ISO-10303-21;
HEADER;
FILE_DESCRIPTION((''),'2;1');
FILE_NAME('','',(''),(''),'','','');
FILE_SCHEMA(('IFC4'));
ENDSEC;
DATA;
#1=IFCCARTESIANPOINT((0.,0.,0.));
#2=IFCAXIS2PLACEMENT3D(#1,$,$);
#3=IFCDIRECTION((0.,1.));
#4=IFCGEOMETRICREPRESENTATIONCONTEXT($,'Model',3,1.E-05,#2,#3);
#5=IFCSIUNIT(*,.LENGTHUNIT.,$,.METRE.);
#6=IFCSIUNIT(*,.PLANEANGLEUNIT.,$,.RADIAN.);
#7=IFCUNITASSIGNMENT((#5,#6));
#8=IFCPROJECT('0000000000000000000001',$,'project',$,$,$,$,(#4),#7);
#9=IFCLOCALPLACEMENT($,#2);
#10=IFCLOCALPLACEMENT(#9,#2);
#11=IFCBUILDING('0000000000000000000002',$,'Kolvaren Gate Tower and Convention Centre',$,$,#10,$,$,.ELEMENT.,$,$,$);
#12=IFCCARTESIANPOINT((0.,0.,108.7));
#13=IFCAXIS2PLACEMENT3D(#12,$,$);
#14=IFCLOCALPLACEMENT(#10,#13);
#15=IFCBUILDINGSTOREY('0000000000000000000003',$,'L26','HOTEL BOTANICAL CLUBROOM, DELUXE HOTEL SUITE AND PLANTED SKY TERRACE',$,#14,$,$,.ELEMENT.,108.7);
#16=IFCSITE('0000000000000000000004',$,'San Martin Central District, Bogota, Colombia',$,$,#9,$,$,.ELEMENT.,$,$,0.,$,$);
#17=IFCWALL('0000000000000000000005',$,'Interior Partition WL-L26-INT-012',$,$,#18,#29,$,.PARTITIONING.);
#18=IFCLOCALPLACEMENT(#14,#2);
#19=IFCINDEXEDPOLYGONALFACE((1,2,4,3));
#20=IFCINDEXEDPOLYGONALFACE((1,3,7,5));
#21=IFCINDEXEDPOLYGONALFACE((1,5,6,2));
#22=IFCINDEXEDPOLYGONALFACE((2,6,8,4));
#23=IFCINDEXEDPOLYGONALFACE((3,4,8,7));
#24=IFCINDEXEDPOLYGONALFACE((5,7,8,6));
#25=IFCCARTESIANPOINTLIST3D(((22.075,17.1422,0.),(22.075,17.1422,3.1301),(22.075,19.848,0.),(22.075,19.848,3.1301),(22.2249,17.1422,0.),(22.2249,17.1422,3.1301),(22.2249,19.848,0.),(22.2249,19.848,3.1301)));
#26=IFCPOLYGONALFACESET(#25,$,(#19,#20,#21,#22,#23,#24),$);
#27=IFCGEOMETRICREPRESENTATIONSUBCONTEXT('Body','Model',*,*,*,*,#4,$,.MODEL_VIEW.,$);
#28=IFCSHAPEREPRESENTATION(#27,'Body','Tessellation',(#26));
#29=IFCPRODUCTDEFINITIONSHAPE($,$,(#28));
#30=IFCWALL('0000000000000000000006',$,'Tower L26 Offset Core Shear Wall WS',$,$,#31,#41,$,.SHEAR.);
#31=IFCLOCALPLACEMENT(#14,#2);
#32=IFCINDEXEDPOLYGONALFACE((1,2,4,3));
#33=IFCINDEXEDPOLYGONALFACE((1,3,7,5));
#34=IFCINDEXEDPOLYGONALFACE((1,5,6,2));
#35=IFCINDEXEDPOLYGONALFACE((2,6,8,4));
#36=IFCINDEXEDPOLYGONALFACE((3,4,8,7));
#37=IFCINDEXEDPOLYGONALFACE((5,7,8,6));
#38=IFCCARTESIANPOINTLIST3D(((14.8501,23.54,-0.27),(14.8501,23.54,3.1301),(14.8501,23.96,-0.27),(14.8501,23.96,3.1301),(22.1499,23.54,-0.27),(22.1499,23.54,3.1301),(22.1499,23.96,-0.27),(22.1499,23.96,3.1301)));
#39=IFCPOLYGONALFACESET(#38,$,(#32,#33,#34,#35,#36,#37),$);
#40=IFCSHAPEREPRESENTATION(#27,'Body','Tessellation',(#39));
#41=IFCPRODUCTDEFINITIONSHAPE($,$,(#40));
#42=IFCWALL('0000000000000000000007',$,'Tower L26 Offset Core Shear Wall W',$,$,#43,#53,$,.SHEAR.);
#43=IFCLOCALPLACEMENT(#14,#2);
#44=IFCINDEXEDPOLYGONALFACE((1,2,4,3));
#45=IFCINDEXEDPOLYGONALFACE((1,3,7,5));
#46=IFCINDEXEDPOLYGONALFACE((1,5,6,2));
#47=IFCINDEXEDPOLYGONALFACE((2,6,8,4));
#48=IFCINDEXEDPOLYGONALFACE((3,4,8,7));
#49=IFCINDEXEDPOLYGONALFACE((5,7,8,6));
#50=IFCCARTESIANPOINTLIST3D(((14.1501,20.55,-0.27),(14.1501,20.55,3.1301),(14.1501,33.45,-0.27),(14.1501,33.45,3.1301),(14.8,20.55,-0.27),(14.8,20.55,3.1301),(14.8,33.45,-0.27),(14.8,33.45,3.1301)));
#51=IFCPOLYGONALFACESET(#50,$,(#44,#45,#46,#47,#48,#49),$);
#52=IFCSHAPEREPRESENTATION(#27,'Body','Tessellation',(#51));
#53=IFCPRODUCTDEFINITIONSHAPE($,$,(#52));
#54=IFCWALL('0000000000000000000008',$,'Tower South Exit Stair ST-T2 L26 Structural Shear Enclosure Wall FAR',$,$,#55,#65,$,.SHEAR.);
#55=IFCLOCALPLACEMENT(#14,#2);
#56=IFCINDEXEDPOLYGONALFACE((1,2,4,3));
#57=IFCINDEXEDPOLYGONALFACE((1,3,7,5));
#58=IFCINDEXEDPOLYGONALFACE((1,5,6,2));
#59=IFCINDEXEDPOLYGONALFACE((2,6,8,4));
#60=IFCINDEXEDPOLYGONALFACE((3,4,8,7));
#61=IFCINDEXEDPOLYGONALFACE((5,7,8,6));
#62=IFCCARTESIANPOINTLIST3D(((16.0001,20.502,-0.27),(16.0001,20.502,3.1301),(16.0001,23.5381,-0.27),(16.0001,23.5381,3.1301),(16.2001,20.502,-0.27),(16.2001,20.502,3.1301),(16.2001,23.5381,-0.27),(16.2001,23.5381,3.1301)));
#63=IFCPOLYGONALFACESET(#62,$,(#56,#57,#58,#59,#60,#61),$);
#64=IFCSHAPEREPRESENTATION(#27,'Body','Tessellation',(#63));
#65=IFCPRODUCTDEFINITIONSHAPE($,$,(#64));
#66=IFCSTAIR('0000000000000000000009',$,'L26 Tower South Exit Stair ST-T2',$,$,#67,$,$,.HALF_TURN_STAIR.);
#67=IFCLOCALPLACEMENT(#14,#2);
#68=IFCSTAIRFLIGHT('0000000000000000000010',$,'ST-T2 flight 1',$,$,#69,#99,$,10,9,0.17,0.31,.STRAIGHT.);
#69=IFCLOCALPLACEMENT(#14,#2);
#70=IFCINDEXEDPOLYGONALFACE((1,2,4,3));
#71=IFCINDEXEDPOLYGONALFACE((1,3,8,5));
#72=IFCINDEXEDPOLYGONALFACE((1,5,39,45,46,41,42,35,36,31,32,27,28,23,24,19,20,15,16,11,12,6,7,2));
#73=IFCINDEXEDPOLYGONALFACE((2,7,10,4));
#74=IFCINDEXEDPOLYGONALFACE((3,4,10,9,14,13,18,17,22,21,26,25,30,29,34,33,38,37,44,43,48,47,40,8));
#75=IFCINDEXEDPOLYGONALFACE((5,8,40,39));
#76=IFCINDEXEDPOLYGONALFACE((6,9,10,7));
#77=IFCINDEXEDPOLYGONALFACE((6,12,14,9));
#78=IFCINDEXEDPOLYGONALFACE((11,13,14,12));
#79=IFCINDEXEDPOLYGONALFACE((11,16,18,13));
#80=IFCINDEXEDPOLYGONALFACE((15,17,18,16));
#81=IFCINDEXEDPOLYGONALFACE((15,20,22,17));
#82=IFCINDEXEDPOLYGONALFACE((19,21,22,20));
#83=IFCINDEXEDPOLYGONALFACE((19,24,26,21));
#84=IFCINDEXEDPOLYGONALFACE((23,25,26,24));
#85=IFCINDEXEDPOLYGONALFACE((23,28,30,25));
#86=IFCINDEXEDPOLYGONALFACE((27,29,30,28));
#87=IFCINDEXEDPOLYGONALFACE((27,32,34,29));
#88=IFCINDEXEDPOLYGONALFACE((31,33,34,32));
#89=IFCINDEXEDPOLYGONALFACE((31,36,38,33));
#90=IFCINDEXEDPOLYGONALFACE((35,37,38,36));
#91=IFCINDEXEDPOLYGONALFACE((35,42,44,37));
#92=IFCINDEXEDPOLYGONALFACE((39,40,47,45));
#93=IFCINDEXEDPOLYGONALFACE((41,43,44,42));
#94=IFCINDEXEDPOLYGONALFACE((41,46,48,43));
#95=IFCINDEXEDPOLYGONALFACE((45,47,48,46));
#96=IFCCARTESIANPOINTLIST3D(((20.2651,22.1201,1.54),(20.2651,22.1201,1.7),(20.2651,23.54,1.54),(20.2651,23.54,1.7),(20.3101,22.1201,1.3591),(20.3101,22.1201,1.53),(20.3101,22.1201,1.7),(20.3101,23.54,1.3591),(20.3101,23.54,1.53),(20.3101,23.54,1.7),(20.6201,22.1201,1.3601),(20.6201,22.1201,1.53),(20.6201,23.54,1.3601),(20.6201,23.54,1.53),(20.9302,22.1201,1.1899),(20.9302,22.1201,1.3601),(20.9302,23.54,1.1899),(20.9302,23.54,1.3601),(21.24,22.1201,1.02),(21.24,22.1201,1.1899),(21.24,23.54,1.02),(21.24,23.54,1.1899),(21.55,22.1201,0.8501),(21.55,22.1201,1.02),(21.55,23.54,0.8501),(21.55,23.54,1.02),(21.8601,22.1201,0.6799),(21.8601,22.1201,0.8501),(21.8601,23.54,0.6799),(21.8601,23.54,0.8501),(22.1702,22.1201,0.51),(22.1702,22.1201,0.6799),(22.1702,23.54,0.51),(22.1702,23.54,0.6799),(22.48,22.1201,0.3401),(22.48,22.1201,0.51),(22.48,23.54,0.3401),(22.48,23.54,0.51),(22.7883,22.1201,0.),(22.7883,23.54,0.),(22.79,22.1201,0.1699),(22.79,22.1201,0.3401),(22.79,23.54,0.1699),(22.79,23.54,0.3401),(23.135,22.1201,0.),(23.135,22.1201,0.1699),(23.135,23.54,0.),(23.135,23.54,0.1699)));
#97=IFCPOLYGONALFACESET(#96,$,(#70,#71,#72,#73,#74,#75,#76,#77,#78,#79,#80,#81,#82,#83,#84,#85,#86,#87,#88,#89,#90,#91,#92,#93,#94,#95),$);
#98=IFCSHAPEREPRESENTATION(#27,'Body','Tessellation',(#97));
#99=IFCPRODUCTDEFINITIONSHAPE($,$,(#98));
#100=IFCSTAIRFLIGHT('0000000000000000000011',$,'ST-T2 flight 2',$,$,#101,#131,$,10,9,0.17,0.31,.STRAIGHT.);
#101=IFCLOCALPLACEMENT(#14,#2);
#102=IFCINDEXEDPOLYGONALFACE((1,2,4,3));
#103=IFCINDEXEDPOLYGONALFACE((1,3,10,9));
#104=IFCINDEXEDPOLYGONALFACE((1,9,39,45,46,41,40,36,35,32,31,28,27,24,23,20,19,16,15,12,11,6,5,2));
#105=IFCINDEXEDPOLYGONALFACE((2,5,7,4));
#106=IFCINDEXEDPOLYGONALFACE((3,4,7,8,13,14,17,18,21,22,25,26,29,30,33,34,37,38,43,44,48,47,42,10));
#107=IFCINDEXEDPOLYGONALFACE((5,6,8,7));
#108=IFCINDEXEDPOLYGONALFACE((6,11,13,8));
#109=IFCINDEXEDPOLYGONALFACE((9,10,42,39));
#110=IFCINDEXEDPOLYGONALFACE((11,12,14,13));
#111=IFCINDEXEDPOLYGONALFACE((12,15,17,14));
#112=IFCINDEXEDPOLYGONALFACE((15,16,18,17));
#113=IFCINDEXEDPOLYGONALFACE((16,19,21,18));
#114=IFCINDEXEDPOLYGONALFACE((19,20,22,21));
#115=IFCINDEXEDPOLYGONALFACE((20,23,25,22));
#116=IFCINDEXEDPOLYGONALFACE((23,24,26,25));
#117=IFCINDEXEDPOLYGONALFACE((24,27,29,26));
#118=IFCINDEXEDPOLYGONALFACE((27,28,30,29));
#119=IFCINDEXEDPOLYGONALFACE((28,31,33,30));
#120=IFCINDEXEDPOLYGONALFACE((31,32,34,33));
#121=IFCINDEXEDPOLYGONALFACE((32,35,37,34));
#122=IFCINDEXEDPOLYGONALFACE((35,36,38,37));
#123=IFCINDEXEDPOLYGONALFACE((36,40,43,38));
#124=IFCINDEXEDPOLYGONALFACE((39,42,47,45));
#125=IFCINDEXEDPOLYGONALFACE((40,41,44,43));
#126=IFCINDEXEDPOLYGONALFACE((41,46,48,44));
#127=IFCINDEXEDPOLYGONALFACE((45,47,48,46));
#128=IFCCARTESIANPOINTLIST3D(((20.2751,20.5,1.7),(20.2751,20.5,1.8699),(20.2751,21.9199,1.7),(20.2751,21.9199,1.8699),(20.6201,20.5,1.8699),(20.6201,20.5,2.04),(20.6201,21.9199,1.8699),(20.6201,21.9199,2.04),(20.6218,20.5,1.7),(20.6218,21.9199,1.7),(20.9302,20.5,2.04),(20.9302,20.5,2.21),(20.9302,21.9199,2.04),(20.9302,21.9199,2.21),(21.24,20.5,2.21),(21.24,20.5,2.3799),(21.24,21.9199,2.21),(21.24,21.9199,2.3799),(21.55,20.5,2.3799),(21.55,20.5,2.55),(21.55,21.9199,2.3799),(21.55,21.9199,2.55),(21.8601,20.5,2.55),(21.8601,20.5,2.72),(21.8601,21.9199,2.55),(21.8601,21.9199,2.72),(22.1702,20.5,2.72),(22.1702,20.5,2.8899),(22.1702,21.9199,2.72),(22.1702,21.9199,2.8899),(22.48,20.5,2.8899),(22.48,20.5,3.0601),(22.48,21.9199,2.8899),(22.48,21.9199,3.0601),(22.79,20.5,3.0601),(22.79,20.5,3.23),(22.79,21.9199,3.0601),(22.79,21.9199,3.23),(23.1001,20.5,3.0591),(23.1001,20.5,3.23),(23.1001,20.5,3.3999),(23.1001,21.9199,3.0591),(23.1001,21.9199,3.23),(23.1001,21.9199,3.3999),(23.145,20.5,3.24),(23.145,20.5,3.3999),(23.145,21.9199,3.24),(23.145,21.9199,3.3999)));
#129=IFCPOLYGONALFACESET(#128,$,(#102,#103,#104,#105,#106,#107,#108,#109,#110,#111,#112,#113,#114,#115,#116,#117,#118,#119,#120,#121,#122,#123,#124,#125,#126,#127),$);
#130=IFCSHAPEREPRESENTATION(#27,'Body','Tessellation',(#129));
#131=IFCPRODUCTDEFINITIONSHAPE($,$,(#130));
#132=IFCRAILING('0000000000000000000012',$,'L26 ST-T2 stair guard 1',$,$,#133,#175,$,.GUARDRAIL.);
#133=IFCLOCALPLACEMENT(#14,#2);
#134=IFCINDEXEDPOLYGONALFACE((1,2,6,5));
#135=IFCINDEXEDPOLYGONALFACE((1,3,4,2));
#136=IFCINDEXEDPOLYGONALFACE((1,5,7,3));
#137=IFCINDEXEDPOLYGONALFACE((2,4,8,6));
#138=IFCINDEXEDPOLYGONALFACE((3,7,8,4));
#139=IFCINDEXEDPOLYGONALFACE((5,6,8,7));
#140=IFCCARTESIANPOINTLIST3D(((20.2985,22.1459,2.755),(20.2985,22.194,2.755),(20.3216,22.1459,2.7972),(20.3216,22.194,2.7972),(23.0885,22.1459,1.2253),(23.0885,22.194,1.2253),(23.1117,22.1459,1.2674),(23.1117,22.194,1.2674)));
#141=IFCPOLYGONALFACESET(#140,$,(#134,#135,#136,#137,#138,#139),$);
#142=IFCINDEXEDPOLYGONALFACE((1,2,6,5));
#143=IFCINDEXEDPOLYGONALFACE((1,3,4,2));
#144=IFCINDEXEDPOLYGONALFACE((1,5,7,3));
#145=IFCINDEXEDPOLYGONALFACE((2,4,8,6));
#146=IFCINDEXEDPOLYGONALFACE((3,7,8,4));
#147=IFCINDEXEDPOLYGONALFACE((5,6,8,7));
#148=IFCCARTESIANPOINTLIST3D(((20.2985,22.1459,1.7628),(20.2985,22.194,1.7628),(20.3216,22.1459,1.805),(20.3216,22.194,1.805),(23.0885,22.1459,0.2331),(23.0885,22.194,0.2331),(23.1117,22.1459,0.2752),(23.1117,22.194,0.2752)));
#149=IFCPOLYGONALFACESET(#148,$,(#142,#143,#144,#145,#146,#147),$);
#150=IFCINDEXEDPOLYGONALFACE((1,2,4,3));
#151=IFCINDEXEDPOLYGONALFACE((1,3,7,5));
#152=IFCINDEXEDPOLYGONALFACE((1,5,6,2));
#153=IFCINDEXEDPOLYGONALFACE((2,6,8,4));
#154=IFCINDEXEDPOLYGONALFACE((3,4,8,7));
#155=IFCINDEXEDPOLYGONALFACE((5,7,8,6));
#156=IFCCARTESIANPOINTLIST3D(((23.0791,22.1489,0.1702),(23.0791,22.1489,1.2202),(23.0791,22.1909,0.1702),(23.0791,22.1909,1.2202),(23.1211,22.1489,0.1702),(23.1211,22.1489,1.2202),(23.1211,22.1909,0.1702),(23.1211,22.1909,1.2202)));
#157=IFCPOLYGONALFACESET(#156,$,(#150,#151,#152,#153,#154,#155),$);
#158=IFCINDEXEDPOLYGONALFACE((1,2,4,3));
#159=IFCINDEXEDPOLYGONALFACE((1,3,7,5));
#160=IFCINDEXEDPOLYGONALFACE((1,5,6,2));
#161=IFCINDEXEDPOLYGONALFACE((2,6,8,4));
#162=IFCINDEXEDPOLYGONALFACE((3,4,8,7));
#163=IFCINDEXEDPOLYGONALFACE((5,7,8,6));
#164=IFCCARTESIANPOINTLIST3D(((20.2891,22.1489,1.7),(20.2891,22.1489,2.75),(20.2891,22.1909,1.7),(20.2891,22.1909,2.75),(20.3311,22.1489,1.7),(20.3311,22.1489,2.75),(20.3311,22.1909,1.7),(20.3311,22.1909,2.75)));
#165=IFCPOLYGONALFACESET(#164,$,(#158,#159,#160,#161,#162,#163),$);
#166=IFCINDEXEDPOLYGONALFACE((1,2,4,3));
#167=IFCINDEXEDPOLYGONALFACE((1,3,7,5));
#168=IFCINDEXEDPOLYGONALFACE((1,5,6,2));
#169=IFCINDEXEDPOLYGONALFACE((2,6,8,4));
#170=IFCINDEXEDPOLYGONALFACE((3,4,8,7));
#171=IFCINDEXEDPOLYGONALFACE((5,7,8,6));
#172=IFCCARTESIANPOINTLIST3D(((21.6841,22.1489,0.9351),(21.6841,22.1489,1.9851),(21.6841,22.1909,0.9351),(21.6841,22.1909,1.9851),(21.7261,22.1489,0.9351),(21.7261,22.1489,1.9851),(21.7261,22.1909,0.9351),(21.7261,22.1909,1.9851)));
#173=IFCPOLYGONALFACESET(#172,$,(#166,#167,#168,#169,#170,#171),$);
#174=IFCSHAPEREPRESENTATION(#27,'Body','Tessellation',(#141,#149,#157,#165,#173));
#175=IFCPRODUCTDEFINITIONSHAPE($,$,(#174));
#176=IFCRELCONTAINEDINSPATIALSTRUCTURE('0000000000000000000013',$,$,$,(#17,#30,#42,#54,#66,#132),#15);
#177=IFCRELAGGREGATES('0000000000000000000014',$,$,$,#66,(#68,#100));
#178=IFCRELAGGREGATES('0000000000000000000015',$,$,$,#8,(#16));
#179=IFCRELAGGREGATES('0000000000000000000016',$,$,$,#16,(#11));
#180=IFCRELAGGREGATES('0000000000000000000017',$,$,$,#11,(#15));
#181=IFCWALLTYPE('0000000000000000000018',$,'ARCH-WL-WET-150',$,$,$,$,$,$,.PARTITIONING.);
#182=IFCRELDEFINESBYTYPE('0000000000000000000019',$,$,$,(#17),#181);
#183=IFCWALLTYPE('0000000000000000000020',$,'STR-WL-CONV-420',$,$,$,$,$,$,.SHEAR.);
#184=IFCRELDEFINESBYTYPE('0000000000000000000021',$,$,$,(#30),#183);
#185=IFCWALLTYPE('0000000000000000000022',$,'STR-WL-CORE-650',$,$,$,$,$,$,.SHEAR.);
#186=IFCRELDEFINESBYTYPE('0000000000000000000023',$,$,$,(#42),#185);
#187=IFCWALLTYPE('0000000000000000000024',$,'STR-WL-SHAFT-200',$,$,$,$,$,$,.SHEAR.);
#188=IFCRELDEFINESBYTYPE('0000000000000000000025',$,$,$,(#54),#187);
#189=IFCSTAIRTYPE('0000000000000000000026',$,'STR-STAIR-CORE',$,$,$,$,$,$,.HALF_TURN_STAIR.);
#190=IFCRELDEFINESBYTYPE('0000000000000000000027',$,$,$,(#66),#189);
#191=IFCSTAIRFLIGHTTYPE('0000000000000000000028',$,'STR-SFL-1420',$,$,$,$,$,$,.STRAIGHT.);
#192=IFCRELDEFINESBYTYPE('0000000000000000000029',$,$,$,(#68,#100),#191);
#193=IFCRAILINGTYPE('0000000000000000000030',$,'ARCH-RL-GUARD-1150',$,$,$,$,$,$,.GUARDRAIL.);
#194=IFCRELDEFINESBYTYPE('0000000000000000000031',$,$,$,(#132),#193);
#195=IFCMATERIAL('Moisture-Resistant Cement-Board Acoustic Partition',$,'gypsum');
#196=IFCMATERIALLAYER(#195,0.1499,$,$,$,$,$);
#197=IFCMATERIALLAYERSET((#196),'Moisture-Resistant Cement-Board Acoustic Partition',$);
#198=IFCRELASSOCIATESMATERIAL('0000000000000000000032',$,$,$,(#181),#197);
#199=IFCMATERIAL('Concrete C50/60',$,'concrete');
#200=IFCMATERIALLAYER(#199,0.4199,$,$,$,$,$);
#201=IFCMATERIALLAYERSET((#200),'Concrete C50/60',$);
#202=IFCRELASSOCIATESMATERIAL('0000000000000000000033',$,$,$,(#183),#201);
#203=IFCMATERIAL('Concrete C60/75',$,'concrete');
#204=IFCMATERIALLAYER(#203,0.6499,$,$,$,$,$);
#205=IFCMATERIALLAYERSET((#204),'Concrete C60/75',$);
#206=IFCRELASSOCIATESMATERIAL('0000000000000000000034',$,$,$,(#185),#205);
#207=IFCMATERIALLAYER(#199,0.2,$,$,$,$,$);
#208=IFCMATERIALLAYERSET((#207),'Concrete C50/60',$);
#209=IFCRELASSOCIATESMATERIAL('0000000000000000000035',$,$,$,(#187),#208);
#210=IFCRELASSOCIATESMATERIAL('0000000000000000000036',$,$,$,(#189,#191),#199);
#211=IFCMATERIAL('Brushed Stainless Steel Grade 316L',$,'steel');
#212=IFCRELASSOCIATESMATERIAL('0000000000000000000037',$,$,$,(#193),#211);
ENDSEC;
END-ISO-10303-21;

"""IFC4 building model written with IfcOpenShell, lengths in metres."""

from ifc_helpers import new_model, si_unit, direction, frame, frame_2d, origin, origin_2d, place, context, subcontext, project, spatial, polyline, rectangle, outline, extrude, material, layer, layer_set, type_object, element, aggregate, save


model = new_model("IFC4")

# Units and contexts
model_context = context("Model", 3, precision=1e-05, world=origin(), true_north=direction((0.0, 1.0)))
body_context = subcontext(model_context, "Body", "Model", "MODEL_VIEW")
ifc_project = project(units=[si_unit("LENGTHUNIT", "METRE"), si_unit("PLANEANGLEUNIT", "RADIAN")], contexts=[model_context])

# Site, building, storey
site_placement = place(None, origin())
site = spatial("IfcSite", under=ifc_project, at=site_placement, Name="San Martin Central District, Bogota, Colombia", CompositionType="ELEMENT", RefElevation=0.0)
building_placement = place(site_placement, origin())
building = spatial("IfcBuilding", under=site, at=building_placement, Name="Kolvaren Gate Tower and Convention Centre", CompositionType="ELEMENT")
storey_placement = place(building_placement, frame((0.0, 0.0, 108.7)))
storey = spatial("IfcBuildingStorey", under=building, at=storey_placement, Name="L26", Description="HOTEL BOTANICAL CLUBROOM, DELUXE HOTEL SUITE AND PLANTED SKY TERRACE", CompositionType="ELEMENT", Elevation=108.7)

# Shared definitions
ifc_material_1 = material(Name="Concrete C60/75", Category="concrete")

# Shared definitions
ifc_material_2 = material(Name="Brushed Stainless Steel Grade 316L", Category="steel")

# Walls
ifc_material_3 = material(Name="Moisture-Resistant Cement-Board Acoustic Partition", Category="gypsum")
ifc_layer_1 = layer(ifc_material_3, 0.1499)
ifc_layer_set_1 = layer_set([ifc_layer_1], Name="Moisture-Resistant Cement-Board Acoustic Partition")
wall_type_1 = type_object("IfcWallType", Name="ARCH-WL-WET-150", PredefinedType="PARTITIONING", material=ifc_layer_set_1)
wall_1_placement = place(storey_placement, frame((22.1499, 17.1421, 0.0), z_axis=(0.0, 0.0, 1.0), x_axis=(0.0, 1.0, 0.0)))
element("IfcWall", 1, at=wall_1_placement, inside=storey, type_object=wall_type_1, Name="Interior Partition WL-L26-INT-012", PredefinedType="PARTITIONING", context=body_context, shape_type="SweptSolid", body=[
    extrude(rectangle(XDim=2.7058, YDim=0.1499, at=frame_2d((1.353, 0.0))), origin(), (0.0, 0.0, 1.0), 3.1301),
])
ifc_material_4 = material(Name="Concrete C50/60", Category="concrete")
ifc_layer_2 = layer(ifc_material_4, 0.4199)
ifc_layer_set_2 = layer_set([ifc_layer_2], Name="Concrete C50/60")
wall_type_2 = type_object("IfcWallType", Name="STR-WL-CONV-420", PredefinedType="SHEAR", material=ifc_layer_set_2)
wall_2_placement = place(storey_placement, frame((14.8501, 23.75, -0.27), z_axis=(0.0, 0.0, 1.0), x_axis=(1.0, 0.0, 0.0)))
element("IfcWall", 2, at=wall_2_placement, inside=storey, type_object=wall_type_2, Name="Tower L26 Offset Core Shear Wall WS", PredefinedType="SHEAR", context=body_context, shape_type="SweptSolid", body=[
    extrude(rectangle(XDim=7.2998, YDim=0.4199, at=frame_2d((3.6499, 0.0))), origin(), (0.0, 0.0, 1.0), 3.4001),
])
ifc_layer_3 = layer(ifc_material_1, 0.6499)
ifc_layer_set_3 = layer_set([ifc_layer_3], Name="Concrete C60/75")
wall_type_3 = type_object("IfcWallType", Name="STR-WL-CORE-650", PredefinedType="SHEAR", material=ifc_layer_set_3)
wall_3_placement = place(storey_placement, frame((14.4751, 20.55, -0.27), z_axis=(0.0, 0.0, 1.0), x_axis=(0.0, 1.0, 0.0)))
element("IfcWall", 3, at=wall_3_placement, inside=storey, type_object=wall_type_3, Name="Tower L26 Offset Core Shear Wall W", PredefinedType="SHEAR", context=body_context, shape_type="SweptSolid", body=[
    extrude(rectangle(XDim=12.8999, YDim=0.6499, at=frame_2d((6.45, 0.0))), origin(), (0.0, 0.0, 1.0), 3.4001),
])
ifc_layer_4 = layer(ifc_material_4, 0.2)
ifc_layer_set_4 = layer_set([ifc_layer_4], Name="Concrete C50/60")
wall_type_4 = type_object("IfcWallType", Name="STR-WL-SHAFT-200", PredefinedType="SHEAR", material=ifc_layer_set_4)
wall_4_placement = place(storey_placement, frame((16.1001, 20.502, -0.27), z_axis=(0.0, 0.0, 1.0), x_axis=(0.0, 1.0, 0.0)))
element("IfcWall", 4, at=wall_4_placement, inside=storey, type_object=wall_type_4, Name="Tower South Exit Stair ST-T2 L26 Structural Shear Enclosure Wall FAR", PredefinedType="SHEAR", context=body_context, shape_type="SweptSolid", body=[
    extrude(rectangle(XDim=3.0361, YDim=0.2, at=frame_2d((1.5181, 0.0))), origin(), (0.0, 0.0, 1.0), 3.4001),
])

# Stair, stair flights
stair_type = type_object("IfcStairType", Name="STR-STAIR-CORE", PredefinedType="HALF_TURN_STAIR", material=ifc_material_4)
stair_placement = place(storey_placement, origin())
stair = element("IfcStair", 5, at=stair_placement, inside=storey, type_object=stair_type, Name="L26 Tower South Exit Stair ST-T2", PredefinedType="HALF_TURN_STAIR")
stair_flight_type = type_object("IfcStairFlightType", Name="STR-SFL-1420", PredefinedType="STRAIGHT", material=ifc_material_4)
stair_flight_1_placement = place(storey_placement, frame((23.1001, 22.8301, 0.0), z_axis=(0.0, 0.0, 1.0), x_axis=(-1.0, 0.0, 0.0)))
stair_flight_1 = element("IfcStairFlight", 6, at=stair_flight_1_placement, type_object=stair_flight_type, Name="ST-T2 flight 1", NumberOfRisers=10, NumberOfTreads=9, PredefinedType="STRAIGHT", RiserHeight=0.17, TreadLength=0.31, context=body_context, shape_type="SweptSolid", body=[
    extrude(outline(polyline([(-0.0349, 0.0), (-0.0349, 0.1699), (0.3101, 0.1699), (0.3101, 0.3401), (0.6201, 0.3401), (0.6201, 0.51), (0.9299, 0.51), (0.9299, 0.6799), (1.24, 0.6799), (1.24, 0.8501), (1.55, 0.8501), (1.55, 1.02), (1.8601, 1.02), (1.8601, 1.1899), (2.1699, 1.1899), (2.1699, 1.3601), (2.48, 1.3601), (2.48, 1.53), (2.79, 1.53), (2.79, 1.7), (2.835, 1.7), (2.835, 1.54), (2.79, 1.3591), (0.3118, 0.0), (-0.0349, 0.0)])), frame((0.0, 0.71, 0.0), z_axis=(0.0, -1.0, 0.0), x_axis=(1.0, 0.0, 0.0)), (0.0, 0.0, 1.0), 1.4199),
])
stair_flight_2_placement = place(storey_placement, frame((20.3101, 21.21, 1.7), z_axis=(0.0, 0.0, 1.0), x_axis=(1.0, 0.0, 0.0)))
stair_flight_2 = element("IfcStairFlight", 7, at=stair_flight_2_placement, type_object=stair_flight_type, Name="ST-T2 flight 2", NumberOfRisers=10, NumberOfTreads=9, PredefinedType="STRAIGHT", RiserHeight=0.17, TreadLength=0.31, context=body_context, shape_type="SweptSolid", body=[
    extrude(outline(polyline([(-0.0349, 0.0), (-0.0349, 0.1699), (0.3101, 0.1699), (0.3101, 0.3401), (0.6201, 0.3401), (0.6201, 0.51), (0.9299, 0.51), (0.9299, 0.6799), (1.24, 0.6799), (1.24, 0.8501), (1.55, 0.8501), (1.55, 1.02), (1.8601, 1.02), (1.8601, 1.1899), (2.1699, 1.1899), (2.1699, 1.3601), (2.48, 1.3601), (2.48, 1.53), (2.79, 1.53), (2.79, 1.7), (2.835, 1.7), (2.835, 1.54), (2.79, 1.3591), (0.3118, 0.0), (-0.0349, 0.0)])), frame((0.0, 0.71, 0.0), z_axis=(0.0, -1.0, 0.0), x_axis=(1.0, 0.0, 0.0)), (0.0, 0.0, 1.0), 1.4199),
])
aggregate(stair, [stair_flight_1, stair_flight_2])

# Railing
railing_type_1 = type_object("IfcRailingType", Name="ARCH-RL-GUARD-1150", PredefinedType="GUARDRAIL", material=ifc_material_2)
railing_1_placement = place(storey_placement, frame((23.1001, 22.1699, 0.1702)))
element("IfcRailing", 8, at=railing_1_placement, inside=storey, type_object=railing_type_1, Name="L26 ST-T2 stair guard 1", PredefinedType="GUARDRAIL", context=body_context, shape_type="SweptSolid", body=[
    extrude(rectangle(XDim=0.0481, YDim=0.0481, at=origin_2d()), frame((0.0, 0.0, 1.0762), z_axis=(-0.876844, 0.0, 0.480776), x_axis=(0.0, -1.0, 0.0)), (0.0, 0.0, 1.0), 3.1819),
    extrude(rectangle(XDim=0.0481, YDim=0.0481, at=origin_2d()), frame((0.0, 0.0, 0.084), z_axis=(-0.876844, 0.0, 0.480776), x_axis=(0.0, -1.0, 0.0)), (0.0, 0.0, 1.0), 3.1819),
    extrude(rectangle(XDim=0.042, YDim=0.042, at=origin_2d()), origin(), (0.0, 0.0, 1.0), 1.05),
    extrude(rectangle(XDim=0.042, YDim=0.042, at=origin_2d()), frame((-2.79, 0.0, 1.5298)), (0.0, 0.0, 1.0), 1.05),
    extrude(rectangle(XDim=0.042, YDim=0.042, at=origin_2d()), frame((-1.395, 0.0, 0.7649)), (0.0, 0.0, 1.0), 1.05),
])

save(model, "model.ifc")
